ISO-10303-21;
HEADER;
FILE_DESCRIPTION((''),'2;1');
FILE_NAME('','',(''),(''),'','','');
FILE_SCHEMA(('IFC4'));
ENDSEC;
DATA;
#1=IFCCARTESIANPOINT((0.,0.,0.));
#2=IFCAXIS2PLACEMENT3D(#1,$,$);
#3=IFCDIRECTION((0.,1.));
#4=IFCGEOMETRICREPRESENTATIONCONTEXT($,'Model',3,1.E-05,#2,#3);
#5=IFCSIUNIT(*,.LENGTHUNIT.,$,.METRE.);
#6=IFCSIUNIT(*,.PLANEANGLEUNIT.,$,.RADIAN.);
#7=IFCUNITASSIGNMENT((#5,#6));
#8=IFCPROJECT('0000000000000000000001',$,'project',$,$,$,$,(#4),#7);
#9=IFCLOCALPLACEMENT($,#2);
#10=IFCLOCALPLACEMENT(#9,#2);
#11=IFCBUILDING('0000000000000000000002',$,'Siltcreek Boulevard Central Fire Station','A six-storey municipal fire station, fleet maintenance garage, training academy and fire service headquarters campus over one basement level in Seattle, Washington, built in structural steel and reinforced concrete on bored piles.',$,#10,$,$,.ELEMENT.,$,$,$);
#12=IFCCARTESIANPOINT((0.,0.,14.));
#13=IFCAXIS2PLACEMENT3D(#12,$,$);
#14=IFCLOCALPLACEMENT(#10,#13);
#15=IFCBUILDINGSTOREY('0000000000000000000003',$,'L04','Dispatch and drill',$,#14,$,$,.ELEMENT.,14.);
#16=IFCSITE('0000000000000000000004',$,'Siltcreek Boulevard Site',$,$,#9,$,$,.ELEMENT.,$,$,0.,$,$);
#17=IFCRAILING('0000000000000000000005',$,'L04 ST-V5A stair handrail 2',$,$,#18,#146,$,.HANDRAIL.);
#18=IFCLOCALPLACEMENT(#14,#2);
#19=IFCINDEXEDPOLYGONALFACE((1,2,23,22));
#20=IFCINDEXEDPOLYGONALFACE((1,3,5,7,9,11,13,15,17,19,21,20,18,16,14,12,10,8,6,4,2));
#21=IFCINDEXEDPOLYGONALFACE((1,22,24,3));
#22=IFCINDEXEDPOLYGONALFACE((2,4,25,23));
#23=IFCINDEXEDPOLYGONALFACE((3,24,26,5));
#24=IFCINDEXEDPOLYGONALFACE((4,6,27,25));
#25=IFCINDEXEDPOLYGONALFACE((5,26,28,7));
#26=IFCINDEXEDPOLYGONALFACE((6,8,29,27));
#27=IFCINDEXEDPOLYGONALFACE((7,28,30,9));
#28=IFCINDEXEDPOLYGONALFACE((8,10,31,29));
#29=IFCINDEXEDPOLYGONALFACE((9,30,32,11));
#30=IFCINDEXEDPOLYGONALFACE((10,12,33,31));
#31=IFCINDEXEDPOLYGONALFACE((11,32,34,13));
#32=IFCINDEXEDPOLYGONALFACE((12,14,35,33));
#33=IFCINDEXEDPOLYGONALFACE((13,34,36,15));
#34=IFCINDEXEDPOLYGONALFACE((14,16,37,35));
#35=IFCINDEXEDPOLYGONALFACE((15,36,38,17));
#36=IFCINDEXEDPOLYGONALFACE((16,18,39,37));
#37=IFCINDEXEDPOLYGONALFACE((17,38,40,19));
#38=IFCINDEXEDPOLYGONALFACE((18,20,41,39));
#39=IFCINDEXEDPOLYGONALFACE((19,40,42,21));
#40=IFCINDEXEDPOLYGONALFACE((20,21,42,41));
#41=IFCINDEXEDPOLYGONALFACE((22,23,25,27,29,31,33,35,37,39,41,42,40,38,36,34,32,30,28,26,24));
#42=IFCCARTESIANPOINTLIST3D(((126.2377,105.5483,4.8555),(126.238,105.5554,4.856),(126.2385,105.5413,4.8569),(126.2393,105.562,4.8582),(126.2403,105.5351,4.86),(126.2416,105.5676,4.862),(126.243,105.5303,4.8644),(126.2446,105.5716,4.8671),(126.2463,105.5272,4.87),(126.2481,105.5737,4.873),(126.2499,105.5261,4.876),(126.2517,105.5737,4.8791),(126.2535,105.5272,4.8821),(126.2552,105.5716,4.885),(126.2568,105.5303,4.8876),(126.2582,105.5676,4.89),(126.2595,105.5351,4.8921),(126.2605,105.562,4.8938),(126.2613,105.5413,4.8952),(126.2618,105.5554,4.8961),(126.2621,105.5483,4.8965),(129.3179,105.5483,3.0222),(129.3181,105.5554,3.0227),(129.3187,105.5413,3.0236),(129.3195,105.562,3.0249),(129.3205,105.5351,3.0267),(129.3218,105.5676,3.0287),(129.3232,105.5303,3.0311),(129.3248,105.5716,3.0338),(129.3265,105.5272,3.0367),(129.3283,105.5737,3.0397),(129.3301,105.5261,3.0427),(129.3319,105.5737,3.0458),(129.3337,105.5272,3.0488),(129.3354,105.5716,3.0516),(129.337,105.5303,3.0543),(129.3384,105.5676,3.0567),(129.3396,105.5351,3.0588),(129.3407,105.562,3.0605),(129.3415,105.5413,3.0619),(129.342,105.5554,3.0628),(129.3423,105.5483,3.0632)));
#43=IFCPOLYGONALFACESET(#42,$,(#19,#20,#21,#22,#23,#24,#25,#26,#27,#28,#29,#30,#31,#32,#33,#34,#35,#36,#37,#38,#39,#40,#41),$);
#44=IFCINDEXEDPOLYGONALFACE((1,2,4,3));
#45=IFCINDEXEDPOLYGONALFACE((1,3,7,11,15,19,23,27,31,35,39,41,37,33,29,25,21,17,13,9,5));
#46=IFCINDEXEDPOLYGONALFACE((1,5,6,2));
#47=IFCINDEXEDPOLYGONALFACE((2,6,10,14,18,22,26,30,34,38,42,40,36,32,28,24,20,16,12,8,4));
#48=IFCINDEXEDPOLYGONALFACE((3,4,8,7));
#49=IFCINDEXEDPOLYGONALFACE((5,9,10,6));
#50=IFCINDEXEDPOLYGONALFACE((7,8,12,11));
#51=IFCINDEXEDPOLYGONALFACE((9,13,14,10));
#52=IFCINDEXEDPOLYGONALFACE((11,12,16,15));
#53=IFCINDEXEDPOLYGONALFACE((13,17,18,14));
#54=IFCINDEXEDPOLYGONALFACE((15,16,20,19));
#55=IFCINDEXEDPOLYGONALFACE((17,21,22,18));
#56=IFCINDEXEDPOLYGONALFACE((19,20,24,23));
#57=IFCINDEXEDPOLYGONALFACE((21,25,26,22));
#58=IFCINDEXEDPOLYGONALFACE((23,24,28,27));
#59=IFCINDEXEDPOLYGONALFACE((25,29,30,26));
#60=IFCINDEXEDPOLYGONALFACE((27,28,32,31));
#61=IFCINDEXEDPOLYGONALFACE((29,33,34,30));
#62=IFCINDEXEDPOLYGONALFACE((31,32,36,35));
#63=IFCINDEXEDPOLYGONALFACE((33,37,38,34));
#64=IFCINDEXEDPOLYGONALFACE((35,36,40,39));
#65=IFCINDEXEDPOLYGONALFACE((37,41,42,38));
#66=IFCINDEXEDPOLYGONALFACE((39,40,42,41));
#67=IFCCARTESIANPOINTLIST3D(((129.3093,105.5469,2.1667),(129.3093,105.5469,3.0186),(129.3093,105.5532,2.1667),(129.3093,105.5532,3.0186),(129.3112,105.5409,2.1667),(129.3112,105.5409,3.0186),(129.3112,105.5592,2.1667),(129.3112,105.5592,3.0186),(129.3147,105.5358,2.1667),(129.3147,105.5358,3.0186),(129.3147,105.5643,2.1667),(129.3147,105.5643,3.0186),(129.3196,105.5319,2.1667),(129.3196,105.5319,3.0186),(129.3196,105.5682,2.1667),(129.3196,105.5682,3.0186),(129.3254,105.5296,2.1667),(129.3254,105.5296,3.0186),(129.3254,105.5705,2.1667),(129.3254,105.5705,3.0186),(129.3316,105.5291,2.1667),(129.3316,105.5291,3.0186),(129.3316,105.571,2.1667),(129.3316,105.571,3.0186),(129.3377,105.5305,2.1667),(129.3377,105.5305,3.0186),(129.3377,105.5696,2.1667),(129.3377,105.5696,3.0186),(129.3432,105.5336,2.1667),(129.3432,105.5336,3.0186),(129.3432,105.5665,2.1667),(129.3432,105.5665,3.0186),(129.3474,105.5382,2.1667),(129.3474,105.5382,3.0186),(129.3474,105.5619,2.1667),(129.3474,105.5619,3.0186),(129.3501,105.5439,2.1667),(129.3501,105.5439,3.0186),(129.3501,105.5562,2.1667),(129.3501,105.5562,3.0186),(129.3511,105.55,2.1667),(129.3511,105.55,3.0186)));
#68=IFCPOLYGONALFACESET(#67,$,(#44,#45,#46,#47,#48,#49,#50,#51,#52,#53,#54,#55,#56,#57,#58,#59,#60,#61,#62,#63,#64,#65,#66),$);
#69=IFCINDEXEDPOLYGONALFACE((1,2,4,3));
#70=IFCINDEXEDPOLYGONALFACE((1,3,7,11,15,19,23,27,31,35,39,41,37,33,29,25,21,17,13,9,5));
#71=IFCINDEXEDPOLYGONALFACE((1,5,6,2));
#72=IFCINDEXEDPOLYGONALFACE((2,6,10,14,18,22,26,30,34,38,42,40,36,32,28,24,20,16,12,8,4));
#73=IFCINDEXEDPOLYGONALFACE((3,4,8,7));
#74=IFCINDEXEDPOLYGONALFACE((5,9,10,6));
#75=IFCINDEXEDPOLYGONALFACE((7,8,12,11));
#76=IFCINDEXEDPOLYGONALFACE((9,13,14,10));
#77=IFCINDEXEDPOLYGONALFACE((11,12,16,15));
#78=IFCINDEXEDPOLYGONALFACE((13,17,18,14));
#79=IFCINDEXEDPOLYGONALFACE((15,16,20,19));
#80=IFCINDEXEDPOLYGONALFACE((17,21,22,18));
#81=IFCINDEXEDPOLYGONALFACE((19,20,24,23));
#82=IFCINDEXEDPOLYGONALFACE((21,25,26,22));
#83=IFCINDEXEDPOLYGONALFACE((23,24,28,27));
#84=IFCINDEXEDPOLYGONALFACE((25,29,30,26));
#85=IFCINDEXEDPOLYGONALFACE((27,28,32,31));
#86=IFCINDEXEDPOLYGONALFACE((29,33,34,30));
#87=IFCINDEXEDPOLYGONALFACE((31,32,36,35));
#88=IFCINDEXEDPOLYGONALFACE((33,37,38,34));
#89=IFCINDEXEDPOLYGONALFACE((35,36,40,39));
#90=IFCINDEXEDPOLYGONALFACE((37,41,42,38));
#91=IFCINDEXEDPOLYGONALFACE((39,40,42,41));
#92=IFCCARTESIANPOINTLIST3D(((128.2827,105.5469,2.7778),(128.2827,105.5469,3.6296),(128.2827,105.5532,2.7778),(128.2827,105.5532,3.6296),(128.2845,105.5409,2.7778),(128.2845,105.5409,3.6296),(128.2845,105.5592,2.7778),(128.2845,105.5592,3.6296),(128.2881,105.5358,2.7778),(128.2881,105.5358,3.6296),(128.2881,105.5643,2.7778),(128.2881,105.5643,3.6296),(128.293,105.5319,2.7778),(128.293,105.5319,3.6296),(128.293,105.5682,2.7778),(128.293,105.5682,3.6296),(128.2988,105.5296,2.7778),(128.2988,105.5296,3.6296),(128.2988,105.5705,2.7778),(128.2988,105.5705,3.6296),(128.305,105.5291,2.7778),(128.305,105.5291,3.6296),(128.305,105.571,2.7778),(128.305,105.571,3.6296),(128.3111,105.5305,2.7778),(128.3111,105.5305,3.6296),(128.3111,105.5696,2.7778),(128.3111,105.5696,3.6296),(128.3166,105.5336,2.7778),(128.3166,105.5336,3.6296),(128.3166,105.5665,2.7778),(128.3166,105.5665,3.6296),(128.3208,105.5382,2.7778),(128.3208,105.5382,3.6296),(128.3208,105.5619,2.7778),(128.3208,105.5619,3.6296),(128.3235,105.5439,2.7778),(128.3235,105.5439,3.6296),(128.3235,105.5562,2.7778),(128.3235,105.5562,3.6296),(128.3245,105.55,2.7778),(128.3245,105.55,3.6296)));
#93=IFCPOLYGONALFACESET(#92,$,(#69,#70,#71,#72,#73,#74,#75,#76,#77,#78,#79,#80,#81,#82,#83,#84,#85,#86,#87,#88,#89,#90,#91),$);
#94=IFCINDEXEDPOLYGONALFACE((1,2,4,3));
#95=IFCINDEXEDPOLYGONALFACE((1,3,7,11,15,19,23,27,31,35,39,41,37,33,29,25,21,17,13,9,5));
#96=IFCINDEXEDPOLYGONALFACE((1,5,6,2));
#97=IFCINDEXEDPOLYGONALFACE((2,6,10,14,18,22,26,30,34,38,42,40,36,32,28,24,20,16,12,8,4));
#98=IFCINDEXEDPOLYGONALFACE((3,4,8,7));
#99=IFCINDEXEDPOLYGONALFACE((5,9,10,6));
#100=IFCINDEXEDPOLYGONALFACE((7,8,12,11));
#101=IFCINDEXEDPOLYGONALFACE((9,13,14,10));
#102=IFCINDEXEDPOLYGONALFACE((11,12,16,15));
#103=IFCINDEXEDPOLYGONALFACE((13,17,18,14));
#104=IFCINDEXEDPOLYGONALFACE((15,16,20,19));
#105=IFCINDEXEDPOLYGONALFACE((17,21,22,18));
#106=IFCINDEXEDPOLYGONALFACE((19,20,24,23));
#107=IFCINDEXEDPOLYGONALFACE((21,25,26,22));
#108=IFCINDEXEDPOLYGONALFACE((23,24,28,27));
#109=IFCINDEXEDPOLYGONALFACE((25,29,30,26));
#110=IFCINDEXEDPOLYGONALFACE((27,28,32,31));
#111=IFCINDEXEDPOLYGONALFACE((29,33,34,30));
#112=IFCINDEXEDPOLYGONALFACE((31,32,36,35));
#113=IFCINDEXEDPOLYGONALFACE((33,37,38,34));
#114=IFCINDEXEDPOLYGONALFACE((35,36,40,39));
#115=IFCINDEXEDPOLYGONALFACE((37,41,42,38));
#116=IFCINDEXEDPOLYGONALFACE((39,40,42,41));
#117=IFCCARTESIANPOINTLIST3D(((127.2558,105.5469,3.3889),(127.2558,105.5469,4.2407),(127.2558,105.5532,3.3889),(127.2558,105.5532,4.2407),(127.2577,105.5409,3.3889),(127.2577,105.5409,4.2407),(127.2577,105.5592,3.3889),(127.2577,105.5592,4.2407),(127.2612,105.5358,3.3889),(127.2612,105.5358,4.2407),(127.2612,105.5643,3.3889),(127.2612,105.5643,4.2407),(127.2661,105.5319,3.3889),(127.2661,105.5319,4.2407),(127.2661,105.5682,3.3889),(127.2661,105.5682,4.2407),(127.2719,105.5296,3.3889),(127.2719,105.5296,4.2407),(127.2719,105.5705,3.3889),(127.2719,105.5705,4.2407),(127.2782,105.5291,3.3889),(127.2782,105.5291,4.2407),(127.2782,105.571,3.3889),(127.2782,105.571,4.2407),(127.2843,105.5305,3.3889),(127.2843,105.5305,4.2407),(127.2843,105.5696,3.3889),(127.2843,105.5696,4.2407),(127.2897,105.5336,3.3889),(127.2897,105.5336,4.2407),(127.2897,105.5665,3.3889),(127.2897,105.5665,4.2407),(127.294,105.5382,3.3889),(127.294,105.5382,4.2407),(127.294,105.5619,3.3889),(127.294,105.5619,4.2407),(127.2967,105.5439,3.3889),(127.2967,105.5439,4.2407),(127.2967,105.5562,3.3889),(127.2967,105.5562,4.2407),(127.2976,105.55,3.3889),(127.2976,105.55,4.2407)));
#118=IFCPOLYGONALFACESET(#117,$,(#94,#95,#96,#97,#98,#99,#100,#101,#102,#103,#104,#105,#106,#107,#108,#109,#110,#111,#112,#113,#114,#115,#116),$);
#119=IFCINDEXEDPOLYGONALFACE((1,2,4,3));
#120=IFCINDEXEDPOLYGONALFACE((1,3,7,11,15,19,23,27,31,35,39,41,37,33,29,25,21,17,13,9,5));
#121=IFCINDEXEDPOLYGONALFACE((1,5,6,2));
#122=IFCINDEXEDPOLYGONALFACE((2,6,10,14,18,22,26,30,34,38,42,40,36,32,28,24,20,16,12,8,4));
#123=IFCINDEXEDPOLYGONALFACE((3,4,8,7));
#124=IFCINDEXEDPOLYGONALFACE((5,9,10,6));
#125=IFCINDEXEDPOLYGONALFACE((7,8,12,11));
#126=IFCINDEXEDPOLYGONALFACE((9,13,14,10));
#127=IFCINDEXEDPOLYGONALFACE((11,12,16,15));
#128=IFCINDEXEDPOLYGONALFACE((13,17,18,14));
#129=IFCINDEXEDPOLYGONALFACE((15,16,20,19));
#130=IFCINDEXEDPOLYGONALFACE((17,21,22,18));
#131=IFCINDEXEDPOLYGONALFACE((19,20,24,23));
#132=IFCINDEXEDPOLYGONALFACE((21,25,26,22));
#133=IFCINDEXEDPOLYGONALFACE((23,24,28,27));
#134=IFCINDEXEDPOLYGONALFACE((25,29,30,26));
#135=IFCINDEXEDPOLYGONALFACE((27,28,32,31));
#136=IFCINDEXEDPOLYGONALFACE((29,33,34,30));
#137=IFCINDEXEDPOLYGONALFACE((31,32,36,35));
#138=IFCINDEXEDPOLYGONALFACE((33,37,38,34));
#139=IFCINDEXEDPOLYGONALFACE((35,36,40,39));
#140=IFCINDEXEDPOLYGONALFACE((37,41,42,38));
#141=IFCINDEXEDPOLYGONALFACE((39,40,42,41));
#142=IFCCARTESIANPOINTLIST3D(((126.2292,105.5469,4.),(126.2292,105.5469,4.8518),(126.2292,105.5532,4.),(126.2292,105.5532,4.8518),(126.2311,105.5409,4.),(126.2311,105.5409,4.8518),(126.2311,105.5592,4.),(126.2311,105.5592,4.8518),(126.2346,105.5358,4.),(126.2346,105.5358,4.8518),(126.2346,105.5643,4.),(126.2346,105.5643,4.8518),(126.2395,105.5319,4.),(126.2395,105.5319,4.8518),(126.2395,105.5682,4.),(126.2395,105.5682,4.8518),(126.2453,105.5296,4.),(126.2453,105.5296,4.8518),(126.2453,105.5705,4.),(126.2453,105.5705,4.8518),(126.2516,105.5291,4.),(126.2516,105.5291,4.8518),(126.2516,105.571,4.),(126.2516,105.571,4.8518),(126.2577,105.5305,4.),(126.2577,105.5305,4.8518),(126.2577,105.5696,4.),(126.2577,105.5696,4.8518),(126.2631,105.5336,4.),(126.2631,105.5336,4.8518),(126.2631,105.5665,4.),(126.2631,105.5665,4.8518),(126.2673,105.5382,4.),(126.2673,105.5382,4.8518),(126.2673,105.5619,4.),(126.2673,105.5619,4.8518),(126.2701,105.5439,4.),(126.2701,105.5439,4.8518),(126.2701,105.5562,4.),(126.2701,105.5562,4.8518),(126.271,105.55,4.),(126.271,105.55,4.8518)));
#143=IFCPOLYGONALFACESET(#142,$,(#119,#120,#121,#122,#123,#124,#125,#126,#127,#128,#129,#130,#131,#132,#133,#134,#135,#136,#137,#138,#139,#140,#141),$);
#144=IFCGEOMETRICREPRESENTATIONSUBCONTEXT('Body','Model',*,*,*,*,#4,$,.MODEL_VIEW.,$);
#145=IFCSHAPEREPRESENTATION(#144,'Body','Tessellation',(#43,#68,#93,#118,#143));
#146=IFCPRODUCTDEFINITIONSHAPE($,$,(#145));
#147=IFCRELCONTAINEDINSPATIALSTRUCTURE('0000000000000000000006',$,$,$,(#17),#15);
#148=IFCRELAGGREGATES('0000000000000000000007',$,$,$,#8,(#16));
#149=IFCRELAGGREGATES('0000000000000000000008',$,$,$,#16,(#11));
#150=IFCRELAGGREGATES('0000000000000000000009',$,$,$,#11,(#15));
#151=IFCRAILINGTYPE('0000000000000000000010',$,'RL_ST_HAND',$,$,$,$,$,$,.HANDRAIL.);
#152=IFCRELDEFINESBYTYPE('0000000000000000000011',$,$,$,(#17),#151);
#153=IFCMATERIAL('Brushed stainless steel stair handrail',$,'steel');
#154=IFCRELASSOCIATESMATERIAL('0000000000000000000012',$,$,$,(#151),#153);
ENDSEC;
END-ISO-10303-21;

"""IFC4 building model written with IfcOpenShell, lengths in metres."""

from ifc_helpers import new_model, si_unit, direction, frame, origin, origin_2d, place, context, subcontext, project, spatial, circle, extrude, material, type_object, element, save


model = new_model("IFC4")

# Units and contexts
model_context = context("Model", 3, precision=1e-05, world=origin(), true_north=direction((0.0, 1.0)))
body_context = subcontext(model_context, "Body", "Model", "MODEL_VIEW")
ifc_project = project(units=[si_unit("LENGTHUNIT", "METRE"), si_unit("PLANEANGLEUNIT", "RADIAN")], contexts=[model_context])

# Site, building, storey
site_placement = place(None, origin())
site = spatial("IfcSite", under=ifc_project, at=site_placement, Name="Siltcreek Boulevard Site", CompositionType="ELEMENT", RefElevation=0.0)
building_placement = place(site_placement, origin())
building = spatial("IfcBuilding", under=site, at=building_placement, Name="Siltcreek Boulevard Central Fire Station", Description="A six-storey municipal fire station, fleet maintenance garage, training academy and fire service headquarters campus over one basement level in Seattle, Washington, built in structural steel and reinforced concrete on bored piles.", CompositionType="ELEMENT")
storey_placement = place(building_placement, frame((0.0, 0.0, 14.0)))
storey = spatial("IfcBuildingStorey", under=building, at=storey_placement, Name="L04", Description="Dispatch and drill", CompositionType="ELEMENT", Elevation=14.0)

# Railing
ifc_material_1 = material(Name="Brushed stainless steel stair handrail", Category="steel")
railing_type_1 = type_object("IfcRailingType", Name="RL_ST_HAND", PredefinedType="HANDRAIL", material=ifc_material_1)
railing_1_placement = place(storey_placement, frame((129.3301, 105.55, 2.1667)))
element("IfcRailing", 1, at=railing_1_placement, inside=storey, type_object=railing_type_1, Name="L04 ST-V5A stair handrail 2", PredefinedType="HANDRAIL", context=body_context, shape_type="SweptSolid", body=[
    extrude(circle(Radius=0.0239, at=origin_2d()), frame((0.0, 0.0, 0.876), z_axis=(-0.859309, 0.0, 0.511458), x_axis=(0.0, -1.0, 0.0)), (0.0, 0.0, 1.0), 3.5845),
    extrude(circle(Radius=0.021, at=origin_2d()), origin(), (0.0, 0.0, 1.0), 0.8518),
    extrude(circle(Radius=0.021, at=origin_2d()), frame((-1.0266, 0.0, 0.6111)), (0.0, 0.0, 1.0), 0.8518),
    extrude(circle(Radius=0.021, at=origin_2d()), frame((-2.0535, 0.0, 1.2222)), (0.0, 0.0, 1.0), 0.8518),
    extrude(circle(Radius=0.021, at=origin_2d()), frame((-3.0801, 0.0, 1.8333)), (0.0, 0.0, 1.0), 0.8518),
])

save(model, "model.ifc")
